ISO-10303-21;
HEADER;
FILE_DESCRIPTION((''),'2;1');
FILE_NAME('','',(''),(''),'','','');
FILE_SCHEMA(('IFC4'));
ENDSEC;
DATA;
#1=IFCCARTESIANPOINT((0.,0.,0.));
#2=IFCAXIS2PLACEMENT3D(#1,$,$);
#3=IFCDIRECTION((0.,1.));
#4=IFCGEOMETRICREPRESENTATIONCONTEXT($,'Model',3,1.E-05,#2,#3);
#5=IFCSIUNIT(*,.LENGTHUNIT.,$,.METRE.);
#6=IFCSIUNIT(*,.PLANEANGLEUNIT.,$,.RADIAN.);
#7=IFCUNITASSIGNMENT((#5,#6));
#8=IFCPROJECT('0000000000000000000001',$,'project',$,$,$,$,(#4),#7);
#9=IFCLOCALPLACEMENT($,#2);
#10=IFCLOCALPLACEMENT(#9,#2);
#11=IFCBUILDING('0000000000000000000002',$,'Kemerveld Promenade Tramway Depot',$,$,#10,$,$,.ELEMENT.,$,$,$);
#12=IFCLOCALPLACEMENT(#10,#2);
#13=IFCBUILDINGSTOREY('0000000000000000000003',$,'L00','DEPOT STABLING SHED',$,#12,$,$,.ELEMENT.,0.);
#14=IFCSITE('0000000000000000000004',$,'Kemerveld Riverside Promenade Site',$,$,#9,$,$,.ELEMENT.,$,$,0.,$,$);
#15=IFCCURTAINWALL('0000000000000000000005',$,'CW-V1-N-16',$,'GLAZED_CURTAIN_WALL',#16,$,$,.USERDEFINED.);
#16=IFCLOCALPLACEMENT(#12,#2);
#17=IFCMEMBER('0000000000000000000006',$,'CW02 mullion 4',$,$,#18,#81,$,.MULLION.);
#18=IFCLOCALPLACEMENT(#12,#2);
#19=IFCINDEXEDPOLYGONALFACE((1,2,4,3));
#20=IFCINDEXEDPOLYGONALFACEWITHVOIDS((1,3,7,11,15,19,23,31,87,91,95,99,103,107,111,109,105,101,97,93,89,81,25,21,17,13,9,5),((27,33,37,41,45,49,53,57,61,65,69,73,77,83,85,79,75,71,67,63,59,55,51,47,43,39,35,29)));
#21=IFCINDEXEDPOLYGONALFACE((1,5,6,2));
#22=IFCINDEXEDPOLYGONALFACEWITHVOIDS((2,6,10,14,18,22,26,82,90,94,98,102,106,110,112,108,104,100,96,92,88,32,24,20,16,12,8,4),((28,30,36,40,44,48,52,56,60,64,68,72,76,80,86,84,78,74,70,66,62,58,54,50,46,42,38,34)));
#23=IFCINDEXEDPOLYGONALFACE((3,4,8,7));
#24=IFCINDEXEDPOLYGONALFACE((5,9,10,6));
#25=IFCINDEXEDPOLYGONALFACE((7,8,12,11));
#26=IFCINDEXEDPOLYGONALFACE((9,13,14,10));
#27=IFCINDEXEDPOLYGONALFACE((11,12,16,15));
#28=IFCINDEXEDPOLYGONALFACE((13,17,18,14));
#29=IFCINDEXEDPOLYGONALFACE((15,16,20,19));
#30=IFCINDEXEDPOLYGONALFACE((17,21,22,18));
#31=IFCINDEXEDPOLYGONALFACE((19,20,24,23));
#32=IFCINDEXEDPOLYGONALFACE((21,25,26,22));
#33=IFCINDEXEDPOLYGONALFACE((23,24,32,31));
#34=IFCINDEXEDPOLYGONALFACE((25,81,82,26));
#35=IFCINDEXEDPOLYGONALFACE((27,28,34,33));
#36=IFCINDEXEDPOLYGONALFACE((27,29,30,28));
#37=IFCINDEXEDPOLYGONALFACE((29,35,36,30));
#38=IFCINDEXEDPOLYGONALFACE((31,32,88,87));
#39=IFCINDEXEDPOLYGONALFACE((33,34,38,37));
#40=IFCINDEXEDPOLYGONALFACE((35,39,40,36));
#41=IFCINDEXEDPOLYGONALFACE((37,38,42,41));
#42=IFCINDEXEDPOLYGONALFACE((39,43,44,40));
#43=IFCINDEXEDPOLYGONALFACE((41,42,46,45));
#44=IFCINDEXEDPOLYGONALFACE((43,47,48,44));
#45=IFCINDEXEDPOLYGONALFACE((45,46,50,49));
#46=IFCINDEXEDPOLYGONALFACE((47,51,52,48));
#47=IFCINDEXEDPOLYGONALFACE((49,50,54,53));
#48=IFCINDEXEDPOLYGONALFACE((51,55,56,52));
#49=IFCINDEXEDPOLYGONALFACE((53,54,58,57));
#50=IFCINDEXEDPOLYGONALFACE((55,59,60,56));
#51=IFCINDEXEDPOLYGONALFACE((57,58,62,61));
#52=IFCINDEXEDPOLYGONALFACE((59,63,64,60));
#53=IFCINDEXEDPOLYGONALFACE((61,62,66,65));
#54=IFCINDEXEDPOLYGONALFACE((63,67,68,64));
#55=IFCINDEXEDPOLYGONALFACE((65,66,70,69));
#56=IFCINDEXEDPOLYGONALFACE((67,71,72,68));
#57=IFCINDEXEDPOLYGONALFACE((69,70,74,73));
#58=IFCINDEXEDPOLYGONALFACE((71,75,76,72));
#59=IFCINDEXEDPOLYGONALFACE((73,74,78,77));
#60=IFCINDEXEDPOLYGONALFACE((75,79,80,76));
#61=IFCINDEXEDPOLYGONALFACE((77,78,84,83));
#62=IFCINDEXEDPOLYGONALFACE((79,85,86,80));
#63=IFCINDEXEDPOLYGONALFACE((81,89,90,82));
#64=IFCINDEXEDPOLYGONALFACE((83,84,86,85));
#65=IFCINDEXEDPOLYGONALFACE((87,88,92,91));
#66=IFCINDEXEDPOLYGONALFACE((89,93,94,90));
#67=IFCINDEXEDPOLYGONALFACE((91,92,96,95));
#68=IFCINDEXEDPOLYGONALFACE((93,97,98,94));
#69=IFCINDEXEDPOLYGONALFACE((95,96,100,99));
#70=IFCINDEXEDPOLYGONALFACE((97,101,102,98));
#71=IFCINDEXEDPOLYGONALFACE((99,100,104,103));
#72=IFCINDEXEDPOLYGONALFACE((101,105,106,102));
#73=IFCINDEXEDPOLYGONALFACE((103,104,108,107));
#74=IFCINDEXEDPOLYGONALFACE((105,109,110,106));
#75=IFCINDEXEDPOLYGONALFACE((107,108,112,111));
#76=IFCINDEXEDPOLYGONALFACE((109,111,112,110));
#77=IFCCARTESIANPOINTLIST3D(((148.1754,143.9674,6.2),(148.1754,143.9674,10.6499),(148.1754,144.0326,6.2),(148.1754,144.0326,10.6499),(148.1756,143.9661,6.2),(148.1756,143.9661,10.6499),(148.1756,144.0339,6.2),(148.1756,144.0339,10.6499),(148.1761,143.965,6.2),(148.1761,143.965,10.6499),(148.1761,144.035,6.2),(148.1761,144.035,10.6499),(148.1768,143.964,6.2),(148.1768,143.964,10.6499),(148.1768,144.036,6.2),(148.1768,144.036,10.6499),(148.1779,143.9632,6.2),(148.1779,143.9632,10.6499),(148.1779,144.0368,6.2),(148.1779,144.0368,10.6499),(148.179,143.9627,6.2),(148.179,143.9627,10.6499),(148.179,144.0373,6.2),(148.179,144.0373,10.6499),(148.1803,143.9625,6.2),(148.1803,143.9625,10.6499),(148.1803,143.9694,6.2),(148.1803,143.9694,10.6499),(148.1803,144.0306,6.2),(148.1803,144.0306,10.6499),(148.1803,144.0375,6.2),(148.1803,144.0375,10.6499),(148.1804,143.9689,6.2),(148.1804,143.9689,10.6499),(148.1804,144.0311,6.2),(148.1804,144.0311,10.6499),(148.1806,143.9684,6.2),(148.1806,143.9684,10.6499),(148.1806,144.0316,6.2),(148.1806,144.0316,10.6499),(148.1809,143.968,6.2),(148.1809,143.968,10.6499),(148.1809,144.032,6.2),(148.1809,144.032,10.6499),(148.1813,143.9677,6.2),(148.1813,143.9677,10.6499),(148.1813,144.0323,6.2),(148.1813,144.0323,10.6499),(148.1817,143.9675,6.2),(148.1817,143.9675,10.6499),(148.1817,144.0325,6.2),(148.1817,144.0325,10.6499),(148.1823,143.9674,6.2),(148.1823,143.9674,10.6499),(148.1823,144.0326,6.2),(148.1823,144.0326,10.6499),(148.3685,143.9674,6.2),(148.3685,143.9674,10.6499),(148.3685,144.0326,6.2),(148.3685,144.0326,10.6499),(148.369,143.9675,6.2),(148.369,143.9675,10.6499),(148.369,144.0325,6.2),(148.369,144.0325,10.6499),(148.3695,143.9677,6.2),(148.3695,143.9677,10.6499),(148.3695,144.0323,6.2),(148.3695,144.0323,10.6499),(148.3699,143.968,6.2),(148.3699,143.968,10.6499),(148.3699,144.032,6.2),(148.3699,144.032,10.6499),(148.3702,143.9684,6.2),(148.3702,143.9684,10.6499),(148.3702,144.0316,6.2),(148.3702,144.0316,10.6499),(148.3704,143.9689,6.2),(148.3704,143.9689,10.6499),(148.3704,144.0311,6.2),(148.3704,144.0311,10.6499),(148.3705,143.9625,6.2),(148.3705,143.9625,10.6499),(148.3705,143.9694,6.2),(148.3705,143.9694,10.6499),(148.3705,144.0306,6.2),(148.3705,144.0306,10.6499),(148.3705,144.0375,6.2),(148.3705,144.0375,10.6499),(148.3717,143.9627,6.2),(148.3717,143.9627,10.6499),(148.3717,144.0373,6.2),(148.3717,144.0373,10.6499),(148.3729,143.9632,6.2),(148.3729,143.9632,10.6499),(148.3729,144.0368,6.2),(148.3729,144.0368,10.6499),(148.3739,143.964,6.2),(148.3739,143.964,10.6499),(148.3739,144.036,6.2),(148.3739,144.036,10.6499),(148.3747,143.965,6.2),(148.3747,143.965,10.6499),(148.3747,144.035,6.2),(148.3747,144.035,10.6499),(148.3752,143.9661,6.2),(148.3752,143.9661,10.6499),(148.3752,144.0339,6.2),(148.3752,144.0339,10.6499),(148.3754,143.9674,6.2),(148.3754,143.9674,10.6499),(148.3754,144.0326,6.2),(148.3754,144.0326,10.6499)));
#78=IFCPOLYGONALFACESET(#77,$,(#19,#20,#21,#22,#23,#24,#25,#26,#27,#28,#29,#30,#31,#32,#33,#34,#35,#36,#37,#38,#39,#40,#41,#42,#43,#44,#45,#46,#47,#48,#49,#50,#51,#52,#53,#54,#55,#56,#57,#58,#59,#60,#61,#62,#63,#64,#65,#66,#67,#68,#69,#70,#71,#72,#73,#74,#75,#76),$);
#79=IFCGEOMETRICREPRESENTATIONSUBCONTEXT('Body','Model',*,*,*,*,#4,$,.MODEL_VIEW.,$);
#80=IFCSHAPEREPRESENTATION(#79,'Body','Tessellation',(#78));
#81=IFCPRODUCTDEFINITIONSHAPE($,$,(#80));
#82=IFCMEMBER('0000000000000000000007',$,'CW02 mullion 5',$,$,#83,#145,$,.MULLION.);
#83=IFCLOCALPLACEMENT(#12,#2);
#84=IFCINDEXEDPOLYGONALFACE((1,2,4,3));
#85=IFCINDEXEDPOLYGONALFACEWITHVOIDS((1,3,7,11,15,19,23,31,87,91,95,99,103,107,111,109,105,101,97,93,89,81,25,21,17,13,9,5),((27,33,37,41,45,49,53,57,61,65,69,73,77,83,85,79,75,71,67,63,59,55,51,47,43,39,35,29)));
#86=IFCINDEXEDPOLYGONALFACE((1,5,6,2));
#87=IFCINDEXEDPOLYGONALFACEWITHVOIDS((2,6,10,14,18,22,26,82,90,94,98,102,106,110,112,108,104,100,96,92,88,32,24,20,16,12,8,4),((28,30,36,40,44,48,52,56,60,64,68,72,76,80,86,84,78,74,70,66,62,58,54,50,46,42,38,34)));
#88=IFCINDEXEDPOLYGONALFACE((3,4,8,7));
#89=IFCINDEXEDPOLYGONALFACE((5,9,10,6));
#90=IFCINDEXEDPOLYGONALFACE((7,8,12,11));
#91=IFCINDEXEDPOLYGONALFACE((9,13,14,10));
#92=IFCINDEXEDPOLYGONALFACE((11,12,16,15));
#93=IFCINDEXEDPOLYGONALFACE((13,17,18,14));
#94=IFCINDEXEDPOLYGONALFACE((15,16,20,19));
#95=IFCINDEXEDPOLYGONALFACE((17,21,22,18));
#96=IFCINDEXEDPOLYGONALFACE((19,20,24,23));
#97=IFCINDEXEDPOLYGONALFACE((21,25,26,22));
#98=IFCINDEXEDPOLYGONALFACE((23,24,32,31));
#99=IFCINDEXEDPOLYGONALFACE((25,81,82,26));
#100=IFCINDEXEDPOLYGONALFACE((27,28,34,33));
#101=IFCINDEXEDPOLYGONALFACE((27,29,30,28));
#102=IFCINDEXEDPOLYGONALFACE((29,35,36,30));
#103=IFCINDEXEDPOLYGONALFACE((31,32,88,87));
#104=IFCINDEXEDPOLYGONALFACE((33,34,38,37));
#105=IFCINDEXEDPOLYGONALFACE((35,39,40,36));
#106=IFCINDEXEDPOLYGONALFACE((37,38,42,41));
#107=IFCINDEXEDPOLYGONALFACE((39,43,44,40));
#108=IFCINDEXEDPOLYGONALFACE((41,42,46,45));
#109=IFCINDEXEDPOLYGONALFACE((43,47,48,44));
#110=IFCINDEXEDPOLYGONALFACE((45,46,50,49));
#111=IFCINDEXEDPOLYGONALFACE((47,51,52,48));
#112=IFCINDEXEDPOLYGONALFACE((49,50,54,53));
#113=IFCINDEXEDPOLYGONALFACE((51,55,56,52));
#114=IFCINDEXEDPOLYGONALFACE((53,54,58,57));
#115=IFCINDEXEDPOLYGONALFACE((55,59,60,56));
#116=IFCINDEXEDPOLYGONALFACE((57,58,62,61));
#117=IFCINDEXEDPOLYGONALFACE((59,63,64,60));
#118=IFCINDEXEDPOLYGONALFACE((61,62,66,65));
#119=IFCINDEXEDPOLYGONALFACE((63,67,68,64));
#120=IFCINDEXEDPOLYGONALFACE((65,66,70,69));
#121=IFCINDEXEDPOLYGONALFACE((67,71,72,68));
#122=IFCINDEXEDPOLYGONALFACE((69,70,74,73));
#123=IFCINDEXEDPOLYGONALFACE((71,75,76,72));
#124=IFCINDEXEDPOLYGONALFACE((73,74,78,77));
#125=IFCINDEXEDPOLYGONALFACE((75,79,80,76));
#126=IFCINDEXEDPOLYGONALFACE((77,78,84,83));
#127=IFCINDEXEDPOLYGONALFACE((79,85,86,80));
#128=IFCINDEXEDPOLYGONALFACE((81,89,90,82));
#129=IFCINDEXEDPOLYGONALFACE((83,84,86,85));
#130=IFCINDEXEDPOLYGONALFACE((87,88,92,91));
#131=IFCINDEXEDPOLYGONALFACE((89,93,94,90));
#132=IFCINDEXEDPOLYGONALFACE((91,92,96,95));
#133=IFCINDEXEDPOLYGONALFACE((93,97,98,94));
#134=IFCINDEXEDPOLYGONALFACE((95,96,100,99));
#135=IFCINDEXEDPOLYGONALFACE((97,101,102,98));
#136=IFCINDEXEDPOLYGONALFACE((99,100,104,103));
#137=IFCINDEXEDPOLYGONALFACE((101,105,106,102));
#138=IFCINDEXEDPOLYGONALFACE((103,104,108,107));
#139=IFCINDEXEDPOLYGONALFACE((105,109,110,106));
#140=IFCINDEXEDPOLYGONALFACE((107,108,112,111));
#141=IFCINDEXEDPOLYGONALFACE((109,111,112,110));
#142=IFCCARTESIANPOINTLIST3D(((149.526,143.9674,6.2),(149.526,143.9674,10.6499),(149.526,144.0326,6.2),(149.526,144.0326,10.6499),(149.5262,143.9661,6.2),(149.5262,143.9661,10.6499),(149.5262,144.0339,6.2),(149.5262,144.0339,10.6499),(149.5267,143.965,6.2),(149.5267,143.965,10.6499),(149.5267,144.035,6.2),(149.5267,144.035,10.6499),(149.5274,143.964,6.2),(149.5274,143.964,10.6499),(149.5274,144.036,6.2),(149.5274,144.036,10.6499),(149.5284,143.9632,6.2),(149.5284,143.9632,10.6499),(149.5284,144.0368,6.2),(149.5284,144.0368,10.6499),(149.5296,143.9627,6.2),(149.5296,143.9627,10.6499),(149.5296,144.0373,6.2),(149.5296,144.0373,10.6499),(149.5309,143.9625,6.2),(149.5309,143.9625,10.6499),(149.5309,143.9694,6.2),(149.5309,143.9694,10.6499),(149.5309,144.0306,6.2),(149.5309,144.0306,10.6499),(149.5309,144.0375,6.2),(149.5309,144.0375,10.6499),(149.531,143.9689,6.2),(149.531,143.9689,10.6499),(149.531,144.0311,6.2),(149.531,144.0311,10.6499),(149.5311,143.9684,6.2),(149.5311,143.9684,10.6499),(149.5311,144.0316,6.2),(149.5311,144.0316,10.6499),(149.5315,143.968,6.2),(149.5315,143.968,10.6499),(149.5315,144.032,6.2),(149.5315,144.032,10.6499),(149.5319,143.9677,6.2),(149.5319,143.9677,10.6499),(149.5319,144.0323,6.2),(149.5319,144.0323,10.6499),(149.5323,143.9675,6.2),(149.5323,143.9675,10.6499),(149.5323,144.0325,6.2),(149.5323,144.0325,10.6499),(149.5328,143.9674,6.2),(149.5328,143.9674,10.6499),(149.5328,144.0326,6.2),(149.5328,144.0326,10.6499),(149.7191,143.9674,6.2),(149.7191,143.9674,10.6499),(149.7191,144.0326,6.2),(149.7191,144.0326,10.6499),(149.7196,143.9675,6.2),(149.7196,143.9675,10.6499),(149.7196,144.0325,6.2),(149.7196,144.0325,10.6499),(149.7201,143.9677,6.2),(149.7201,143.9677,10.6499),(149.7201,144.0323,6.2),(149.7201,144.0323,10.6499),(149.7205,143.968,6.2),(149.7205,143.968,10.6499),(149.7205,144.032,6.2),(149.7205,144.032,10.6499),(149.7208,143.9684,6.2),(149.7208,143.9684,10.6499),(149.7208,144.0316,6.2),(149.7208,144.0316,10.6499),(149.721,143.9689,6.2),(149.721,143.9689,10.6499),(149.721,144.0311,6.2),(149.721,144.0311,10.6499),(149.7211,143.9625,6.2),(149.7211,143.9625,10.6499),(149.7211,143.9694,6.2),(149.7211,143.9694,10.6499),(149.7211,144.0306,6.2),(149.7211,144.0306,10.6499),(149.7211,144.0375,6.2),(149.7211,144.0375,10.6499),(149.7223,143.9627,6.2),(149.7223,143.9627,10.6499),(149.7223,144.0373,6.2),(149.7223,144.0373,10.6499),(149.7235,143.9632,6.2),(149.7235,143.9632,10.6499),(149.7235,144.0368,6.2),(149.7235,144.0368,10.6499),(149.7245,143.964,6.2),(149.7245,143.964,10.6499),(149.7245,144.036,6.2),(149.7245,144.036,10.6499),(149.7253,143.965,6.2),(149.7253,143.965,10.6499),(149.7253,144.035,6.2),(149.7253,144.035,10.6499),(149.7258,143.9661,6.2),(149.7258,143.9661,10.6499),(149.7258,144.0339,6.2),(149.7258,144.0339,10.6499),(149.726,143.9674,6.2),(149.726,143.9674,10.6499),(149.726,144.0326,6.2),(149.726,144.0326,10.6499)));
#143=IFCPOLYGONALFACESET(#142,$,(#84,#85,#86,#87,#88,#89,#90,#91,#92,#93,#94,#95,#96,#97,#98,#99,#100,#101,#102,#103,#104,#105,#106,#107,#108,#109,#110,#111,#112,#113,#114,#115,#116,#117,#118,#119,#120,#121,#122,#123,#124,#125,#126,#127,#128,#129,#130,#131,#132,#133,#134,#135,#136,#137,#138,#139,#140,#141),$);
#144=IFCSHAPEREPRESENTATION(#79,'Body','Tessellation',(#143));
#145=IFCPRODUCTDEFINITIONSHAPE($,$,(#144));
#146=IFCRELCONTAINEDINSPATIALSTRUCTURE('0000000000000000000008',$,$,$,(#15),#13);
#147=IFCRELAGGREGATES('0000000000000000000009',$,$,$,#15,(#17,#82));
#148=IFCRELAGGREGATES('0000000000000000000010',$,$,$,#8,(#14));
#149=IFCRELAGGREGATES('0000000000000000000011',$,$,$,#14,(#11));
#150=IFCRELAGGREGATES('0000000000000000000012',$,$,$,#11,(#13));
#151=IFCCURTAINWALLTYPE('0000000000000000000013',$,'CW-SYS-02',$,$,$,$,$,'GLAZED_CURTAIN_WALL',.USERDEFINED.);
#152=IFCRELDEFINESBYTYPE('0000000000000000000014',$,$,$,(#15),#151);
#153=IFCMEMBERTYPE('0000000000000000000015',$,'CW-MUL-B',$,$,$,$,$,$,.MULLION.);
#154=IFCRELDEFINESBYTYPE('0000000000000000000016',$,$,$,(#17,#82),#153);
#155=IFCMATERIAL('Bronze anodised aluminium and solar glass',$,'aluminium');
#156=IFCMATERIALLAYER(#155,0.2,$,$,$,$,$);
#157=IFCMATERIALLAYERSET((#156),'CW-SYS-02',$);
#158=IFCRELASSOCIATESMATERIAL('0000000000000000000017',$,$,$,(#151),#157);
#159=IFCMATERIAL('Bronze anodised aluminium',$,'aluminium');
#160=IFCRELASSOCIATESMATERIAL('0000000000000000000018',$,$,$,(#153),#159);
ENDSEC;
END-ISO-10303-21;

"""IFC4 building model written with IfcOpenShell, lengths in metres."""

from ifc_helpers import new_model, si_unit, direction, frame, origin, origin_2d, place, context, subcontext, project, spatial, hollow_rectangle, extrude, material, layer, layer_set, material_profile, profile_set, type_object, element, aggregate, save


model = new_model("IFC4")

# Units and contexts
model_context = context("Model", 3, precision=1e-05, world=origin(), true_north=direction((0.0, 1.0)))
body_context = subcontext(model_context, "Body", "Model", "MODEL_VIEW")
ifc_project = project(units=[si_unit("LENGTHUNIT", "METRE"), si_unit("PLANEANGLEUNIT", "RADIAN")], contexts=[model_context])

# Site, building, storey
site_placement = place(None, origin())
site = spatial("IfcSite", under=ifc_project, at=site_placement, Name="Kemerveld Riverside Promenade Site", CompositionType="ELEMENT", RefElevation=0.0)
building_placement = place(site_placement, origin())
building = spatial("IfcBuilding", under=site, at=building_placement, Name="Kemerveld Promenade Tramway Depot", CompositionType="ELEMENT")
storey_placement = place(building_placement, origin())
storey = spatial("IfcBuildingStorey", under=building, at=storey_placement, Name="L00", Description="DEPOT STABLING SHED", CompositionType="ELEMENT", Elevation=0.0)

# Curtain wall, members
ifc_material_1 = material(Name="Bronze anodised aluminium and solar glass", Category="aluminium")
ifc_layer_1 = layer(ifc_material_1, 0.2)
ifc_layer_set_1 = layer_set([ifc_layer_1], Name="CW-SYS-02")
curtain_wall_type = type_object("IfcCurtainWallType", Name="CW-SYS-02", ElementType="GLAZED_CURTAIN_WALL", PredefinedType="USERDEFINED", material=ifc_layer_set_1)
curtain_wall_placement = place(storey_placement, origin())
curtain_wall = element("IfcCurtainWall", 1, at=curtain_wall_placement, inside=storey, type_object=curtain_wall_type, Name="CW-V1-N-16", ObjectType="GLAZED_CURTAIN_WALL", PredefinedType="USERDEFINED")
ifc_material_2 = material(Name="Bronze anodised aluminium", Category="aluminium")
ifc_material_profile_1 = material_profile(ifc_material_2, hollow_rectangle(XDim=0.075, YDim=0.2, WallThickness=0.0049, InnerFilletRadius=0.002, OuterFilletRadius=0.0049, at=origin_2d()), Name="CW-MUL-200x75")
ifc_profile_set_1 = profile_set([ifc_material_profile_1], Name="Bronze anodised aluminium")
member_type_1 = type_object("IfcMemberType", Name="CW-MUL-B", PredefinedType="MULLION", material=ifc_profile_set_1)
member_1_placement = place(storey_placement, frame((148.2754, 144.0, 6.2), z_axis=(0.0, 0.0, 1.0), x_axis=(0.0, 1.0, 0.0)))
member_1 = element("IfcMember", 2, at=member_1_placement, type_object=member_type_1, Name="CW02 mullion 4", PredefinedType="MULLION", context=body_context, shape_type="SweptSolid", body=[
    extrude(hollow_rectangle(XDim=0.075, YDim=0.2, WallThickness=0.0049, InnerFilletRadius=0.002, OuterFilletRadius=0.0049, at=origin_2d()), origin(), (0.0, 0.0, 1.0), 4.45),
])
member_2_placement = place(storey_placement, frame((149.626, 144.0, 6.2), z_axis=(0.0, 0.0, 1.0), x_axis=(0.0, 1.0, 0.0)))
member_2 = element("IfcMember", 3, at=member_2_placement, type_object=member_type_1, Name="CW02 mullion 5", PredefinedType="MULLION", context=body_context, shape_type="SweptSolid", body=[
    extrude(hollow_rectangle(XDim=0.075, YDim=0.2, WallThickness=0.0049, InnerFilletRadius=0.002, OuterFilletRadius=0.0049, at=origin_2d()), origin(), (0.0, 0.0, 1.0), 4.45),
])

aggregate(curtain_wall, [member_1, member_2])

save(model, "model.ifc")
